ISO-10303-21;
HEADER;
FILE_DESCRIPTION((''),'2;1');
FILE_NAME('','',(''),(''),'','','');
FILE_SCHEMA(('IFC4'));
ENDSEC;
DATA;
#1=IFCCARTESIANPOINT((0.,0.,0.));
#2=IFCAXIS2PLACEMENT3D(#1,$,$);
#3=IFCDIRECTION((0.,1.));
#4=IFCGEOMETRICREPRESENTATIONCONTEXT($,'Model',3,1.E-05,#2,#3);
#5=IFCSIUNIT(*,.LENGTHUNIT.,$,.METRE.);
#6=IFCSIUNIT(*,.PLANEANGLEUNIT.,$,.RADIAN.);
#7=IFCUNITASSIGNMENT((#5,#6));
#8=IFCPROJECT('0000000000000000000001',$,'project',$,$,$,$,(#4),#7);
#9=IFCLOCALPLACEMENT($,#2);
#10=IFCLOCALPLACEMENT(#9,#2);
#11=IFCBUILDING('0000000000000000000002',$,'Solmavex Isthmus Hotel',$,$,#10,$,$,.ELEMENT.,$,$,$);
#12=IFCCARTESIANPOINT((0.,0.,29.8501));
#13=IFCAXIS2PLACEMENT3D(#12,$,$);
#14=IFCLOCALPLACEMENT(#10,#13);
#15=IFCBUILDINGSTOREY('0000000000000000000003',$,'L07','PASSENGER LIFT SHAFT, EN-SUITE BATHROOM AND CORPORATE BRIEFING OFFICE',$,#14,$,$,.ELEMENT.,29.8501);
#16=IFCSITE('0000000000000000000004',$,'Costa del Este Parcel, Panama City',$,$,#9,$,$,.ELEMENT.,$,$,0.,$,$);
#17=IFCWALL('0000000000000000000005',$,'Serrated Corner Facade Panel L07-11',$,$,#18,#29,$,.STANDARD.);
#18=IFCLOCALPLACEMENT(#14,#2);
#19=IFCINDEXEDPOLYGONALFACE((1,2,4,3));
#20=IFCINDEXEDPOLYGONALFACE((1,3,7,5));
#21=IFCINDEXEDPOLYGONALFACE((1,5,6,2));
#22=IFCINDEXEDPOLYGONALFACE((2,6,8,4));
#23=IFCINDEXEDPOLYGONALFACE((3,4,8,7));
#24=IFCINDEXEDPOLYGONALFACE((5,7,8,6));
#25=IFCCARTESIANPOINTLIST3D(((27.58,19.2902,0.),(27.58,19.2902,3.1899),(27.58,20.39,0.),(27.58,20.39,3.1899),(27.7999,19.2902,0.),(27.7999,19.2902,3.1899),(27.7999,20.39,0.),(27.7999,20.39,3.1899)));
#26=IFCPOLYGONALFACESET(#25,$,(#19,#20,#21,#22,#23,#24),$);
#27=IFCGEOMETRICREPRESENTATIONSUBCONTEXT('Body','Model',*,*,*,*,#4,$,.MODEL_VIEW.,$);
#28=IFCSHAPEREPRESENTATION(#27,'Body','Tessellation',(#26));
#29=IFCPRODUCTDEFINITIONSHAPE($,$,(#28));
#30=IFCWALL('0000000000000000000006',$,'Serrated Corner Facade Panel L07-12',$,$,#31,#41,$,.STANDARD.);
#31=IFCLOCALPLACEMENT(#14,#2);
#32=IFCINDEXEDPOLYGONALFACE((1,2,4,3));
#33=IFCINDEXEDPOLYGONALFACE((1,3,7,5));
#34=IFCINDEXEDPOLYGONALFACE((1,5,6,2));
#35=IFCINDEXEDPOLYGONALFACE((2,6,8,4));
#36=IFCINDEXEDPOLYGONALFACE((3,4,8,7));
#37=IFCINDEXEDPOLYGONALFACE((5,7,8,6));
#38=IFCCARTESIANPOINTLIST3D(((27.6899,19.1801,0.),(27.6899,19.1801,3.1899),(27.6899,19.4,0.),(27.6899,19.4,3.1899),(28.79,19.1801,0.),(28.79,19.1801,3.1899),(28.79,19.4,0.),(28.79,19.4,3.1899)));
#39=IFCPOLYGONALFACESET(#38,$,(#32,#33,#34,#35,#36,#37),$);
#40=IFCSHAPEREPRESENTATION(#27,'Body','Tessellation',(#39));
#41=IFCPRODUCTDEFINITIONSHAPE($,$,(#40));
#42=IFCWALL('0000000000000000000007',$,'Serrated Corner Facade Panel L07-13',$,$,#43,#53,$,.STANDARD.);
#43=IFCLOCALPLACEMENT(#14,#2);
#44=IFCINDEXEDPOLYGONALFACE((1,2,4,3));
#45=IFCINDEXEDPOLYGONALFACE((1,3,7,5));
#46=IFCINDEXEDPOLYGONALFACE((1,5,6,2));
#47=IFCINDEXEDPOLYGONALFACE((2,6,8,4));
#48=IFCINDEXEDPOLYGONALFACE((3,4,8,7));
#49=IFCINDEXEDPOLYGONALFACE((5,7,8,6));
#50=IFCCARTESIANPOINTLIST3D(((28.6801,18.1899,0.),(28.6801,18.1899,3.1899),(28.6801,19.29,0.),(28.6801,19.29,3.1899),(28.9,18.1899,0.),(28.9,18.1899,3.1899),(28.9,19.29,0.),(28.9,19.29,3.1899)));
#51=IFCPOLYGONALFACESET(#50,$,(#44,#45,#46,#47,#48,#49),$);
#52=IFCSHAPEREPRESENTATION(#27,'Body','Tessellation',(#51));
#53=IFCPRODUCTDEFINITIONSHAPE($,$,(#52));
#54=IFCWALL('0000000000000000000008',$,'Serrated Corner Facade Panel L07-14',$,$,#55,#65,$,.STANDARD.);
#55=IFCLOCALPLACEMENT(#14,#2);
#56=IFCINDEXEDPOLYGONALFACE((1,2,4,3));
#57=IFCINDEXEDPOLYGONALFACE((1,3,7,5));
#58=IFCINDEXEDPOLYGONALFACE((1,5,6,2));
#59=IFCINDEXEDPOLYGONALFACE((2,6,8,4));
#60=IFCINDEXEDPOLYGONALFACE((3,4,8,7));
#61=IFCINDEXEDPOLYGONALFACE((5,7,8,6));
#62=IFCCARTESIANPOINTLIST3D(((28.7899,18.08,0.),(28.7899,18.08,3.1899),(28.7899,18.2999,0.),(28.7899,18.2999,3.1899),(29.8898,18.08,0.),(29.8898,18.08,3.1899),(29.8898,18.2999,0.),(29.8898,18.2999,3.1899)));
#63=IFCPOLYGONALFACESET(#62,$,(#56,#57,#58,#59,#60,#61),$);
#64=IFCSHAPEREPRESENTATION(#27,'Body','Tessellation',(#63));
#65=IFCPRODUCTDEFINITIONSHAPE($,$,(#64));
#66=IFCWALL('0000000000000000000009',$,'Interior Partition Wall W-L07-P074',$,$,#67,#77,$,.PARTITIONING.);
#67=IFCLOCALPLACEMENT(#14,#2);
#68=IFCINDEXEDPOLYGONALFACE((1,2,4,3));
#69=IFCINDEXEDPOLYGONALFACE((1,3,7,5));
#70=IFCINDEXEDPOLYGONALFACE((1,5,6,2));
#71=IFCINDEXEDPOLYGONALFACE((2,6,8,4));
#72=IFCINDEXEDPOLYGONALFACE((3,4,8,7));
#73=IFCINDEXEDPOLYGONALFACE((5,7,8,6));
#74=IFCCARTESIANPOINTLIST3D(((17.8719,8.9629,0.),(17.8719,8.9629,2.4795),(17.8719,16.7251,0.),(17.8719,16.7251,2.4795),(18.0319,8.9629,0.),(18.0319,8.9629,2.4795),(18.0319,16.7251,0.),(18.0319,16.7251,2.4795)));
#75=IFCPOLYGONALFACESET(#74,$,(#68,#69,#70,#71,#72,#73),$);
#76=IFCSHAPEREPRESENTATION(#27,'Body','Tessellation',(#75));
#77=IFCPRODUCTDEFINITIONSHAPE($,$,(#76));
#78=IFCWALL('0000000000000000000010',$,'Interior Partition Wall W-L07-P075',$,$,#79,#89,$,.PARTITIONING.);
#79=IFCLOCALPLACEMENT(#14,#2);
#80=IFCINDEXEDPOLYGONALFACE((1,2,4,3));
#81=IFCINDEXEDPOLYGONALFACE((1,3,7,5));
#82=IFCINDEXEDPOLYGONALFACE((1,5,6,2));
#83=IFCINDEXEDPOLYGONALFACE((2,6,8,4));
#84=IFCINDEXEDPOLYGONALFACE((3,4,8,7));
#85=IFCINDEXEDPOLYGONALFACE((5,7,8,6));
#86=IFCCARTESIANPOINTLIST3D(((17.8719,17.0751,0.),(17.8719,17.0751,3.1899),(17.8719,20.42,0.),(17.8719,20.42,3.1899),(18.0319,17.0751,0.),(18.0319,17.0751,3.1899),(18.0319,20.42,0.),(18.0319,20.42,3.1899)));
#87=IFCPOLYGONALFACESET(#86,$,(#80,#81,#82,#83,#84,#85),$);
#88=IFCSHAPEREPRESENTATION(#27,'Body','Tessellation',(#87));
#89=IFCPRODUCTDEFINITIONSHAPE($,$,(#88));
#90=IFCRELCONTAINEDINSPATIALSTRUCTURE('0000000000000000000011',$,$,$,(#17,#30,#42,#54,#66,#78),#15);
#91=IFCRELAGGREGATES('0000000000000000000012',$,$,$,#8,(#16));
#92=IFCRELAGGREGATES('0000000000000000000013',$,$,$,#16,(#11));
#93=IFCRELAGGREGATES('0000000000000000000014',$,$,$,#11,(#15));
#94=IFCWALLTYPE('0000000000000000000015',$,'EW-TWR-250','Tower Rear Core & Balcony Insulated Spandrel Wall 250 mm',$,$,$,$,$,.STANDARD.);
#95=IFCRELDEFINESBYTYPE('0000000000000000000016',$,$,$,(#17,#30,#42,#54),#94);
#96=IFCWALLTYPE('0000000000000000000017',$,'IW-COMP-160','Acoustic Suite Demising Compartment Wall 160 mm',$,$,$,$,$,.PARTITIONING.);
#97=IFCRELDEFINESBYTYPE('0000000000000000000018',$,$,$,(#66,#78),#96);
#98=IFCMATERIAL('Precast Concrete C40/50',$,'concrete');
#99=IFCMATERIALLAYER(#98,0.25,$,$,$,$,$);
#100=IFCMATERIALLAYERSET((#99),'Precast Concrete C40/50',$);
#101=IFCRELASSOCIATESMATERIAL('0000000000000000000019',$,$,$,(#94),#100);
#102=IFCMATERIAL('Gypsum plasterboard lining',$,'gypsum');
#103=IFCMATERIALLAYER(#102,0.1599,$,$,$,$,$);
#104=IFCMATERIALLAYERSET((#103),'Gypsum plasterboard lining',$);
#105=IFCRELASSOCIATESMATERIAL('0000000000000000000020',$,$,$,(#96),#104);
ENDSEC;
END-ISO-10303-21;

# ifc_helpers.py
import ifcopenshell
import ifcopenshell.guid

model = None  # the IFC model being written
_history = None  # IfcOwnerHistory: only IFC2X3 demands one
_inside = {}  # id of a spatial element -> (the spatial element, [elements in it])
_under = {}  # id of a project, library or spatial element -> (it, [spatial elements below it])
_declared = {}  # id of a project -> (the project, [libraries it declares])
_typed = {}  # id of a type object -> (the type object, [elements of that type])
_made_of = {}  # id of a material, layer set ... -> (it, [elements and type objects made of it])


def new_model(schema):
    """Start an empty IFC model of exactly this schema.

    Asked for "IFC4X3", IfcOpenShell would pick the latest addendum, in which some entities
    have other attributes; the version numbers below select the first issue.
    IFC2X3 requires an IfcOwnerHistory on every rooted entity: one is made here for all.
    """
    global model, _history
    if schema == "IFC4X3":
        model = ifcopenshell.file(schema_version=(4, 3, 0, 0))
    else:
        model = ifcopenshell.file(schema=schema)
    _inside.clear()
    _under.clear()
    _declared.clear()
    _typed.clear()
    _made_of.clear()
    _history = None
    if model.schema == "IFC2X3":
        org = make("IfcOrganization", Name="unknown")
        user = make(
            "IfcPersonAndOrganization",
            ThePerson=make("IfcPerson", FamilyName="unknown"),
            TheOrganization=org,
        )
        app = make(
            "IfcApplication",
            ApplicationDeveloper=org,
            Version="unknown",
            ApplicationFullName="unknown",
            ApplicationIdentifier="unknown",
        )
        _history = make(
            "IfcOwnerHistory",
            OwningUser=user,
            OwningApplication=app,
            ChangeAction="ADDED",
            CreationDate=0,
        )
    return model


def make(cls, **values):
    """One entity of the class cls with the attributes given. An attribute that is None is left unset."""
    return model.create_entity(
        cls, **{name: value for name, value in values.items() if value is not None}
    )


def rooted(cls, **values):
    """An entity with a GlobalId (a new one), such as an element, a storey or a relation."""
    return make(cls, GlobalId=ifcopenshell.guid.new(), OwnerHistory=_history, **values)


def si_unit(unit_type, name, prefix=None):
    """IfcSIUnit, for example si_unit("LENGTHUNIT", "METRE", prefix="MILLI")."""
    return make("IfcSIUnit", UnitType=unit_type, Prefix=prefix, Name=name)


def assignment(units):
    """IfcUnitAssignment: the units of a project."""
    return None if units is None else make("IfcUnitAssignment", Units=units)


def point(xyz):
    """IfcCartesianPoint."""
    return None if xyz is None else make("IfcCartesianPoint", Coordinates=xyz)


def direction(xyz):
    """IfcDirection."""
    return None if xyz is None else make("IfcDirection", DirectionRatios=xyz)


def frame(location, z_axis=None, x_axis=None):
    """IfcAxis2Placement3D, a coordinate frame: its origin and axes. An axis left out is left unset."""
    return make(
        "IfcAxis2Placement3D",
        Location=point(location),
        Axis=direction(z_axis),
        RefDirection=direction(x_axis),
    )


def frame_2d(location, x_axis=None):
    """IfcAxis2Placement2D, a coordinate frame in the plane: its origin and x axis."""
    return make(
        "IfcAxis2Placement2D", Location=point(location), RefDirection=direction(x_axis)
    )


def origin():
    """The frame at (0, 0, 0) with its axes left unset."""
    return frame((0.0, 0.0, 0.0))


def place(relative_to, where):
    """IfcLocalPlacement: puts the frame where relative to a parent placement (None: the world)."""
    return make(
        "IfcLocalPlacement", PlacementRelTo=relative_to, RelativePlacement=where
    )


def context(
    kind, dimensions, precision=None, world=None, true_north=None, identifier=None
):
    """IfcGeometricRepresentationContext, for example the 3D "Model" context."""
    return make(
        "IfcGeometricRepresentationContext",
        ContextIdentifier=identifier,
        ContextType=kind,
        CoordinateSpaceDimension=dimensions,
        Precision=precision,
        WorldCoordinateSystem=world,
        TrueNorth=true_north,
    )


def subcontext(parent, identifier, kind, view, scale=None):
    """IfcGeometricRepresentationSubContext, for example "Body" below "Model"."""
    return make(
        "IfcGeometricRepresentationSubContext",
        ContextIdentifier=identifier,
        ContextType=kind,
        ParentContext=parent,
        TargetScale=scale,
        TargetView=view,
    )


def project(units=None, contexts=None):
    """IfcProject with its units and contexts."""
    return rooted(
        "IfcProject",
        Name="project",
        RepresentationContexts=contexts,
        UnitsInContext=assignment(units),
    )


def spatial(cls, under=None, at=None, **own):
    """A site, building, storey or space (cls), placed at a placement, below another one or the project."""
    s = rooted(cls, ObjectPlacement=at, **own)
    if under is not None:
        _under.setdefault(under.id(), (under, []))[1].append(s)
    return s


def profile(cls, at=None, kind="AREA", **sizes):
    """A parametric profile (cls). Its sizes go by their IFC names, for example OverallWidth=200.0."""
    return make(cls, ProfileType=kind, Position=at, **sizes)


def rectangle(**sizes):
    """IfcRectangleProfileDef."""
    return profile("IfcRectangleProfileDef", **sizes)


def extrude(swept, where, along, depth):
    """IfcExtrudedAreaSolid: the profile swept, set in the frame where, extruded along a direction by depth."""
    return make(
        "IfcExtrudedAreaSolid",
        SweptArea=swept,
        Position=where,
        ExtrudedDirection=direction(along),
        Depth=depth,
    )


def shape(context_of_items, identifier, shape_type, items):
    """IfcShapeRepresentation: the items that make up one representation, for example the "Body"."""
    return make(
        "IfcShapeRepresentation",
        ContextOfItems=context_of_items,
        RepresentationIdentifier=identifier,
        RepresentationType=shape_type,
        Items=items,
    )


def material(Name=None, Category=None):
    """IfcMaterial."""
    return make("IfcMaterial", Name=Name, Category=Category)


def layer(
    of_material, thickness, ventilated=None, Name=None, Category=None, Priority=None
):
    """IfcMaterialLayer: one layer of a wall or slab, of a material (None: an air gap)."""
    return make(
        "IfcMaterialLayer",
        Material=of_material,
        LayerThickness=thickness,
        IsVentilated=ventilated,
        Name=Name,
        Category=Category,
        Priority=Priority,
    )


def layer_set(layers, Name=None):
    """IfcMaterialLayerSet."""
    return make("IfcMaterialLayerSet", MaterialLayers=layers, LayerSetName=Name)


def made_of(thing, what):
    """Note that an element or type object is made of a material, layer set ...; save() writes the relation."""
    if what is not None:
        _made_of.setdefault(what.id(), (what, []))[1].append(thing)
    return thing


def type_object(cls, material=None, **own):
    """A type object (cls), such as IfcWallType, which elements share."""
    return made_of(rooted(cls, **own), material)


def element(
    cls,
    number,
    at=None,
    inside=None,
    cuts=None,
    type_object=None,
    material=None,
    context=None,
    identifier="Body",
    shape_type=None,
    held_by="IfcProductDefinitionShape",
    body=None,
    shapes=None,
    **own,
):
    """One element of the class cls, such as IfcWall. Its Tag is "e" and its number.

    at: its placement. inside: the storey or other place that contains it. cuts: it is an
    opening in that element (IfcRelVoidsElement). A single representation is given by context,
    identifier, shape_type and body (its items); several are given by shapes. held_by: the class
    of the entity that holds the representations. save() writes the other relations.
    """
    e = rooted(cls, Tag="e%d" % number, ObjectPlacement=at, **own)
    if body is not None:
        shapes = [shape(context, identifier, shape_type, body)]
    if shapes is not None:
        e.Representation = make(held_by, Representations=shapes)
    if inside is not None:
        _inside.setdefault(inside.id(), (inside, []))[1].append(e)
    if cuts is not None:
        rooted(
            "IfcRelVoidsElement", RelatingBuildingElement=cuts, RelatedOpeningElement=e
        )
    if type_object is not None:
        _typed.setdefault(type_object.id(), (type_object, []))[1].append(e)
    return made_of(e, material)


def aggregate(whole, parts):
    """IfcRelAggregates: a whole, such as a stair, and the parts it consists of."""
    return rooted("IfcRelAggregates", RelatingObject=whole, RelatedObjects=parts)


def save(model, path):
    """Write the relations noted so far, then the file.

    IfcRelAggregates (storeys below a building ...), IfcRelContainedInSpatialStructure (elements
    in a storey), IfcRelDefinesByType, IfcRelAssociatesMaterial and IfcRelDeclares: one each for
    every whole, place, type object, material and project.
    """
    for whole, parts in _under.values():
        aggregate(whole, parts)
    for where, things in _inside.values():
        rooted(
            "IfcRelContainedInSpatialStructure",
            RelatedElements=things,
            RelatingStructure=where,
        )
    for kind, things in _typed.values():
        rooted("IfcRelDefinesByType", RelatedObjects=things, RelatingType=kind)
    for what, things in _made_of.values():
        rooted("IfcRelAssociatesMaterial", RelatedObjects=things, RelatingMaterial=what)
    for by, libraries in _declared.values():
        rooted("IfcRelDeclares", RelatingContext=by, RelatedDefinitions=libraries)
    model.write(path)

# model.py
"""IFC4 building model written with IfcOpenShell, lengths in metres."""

from ifc_helpers import new_model, si_unit, direction, frame, frame_2d, origin, place, context, subcontext, project, spatial, rectangle, extrude, material, layer, layer_set, type_object, element, save


model = new_model("IFC4")

# Units and contexts
model_context = context("Model", 3, precision=1e-05, world=origin(), true_north=direction((0.0, 1.0)))
body_context = subcontext(model_context, "Body", "Model", "MODEL_VIEW")
ifc_project = project(units=[si_unit("LENGTHUNIT", "METRE"), si_unit("PLANEANGLEUNIT", "RADIAN")], contexts=[model_context])

# Site, building, storey
site_placement = place(None, origin())
site = spatial("IfcSite", under=ifc_project, at=site_placement, Name="Costa del Este Parcel, Panama City", CompositionType="ELEMENT", RefElevation=0.0)
building_placement = place(site_placement, origin())
building = spatial("IfcBuilding", under=site, at=building_placement, Name="Solmavex Isthmus Hotel", CompositionType="ELEMENT")
storey_placement = place(building_placement, frame((0.0, 0.0, 29.8501)))
storey = spatial("IfcBuildingStorey", under=building, at=storey_placement, Name="L07", Description="PASSENGER LIFT SHAFT, EN-SUITE BATHROOM AND CORPORATE BRIEFING OFFICE", CompositionType="ELEMENT", Elevation=29.8501)

# Walls
ifc_material_1 = material(Name="Precast Concrete C40/50", Category="concrete")
ifc_layer_1 = layer(ifc_material_1, 0.25)
ifc_layer_set_1 = layer_set([ifc_layer_1], Name="Precast Concrete C40/50")
wall_type_1 = type_object("IfcWallType", Name="EW-TWR-250", Description="Tower Rear Core & Balcony Insulated Spandrel Wall 250 mm", PredefinedType="STANDARD", material=ifc_layer_set_1)
wall_1_placement = place(storey_placement, frame((27.6899, 20.3899, 0.0), z_axis=(0.0, 0.0, 1.0), x_axis=(0.0, -1.0, 0.0)))
element("IfcWall", 1, at=wall_1_placement, inside=storey, type_object=wall_type_1, Name="Serrated Corner Facade Panel L07-11", PredefinedType="STANDARD", context=body_context, shape_type="SweptSolid", body=[
    extrude(rectangle(XDim=1.0999, YDim=0.22, at=frame_2d((0.5498, 0.0))), origin(), (0.0, 0.0, 1.0), 3.1899),
])
for number, where, z_axis, x_axis, name in (
    (2, (27.6899, 19.29, 0.0), (0.0, 0.0, 1.0), (1.0, 0.0, 0.0), "Serrated Corner Facade Panel L07-12"),
    (3, (28.79, 19.29, 0.0), (0.0, 0.0, 1.0), (0.0, -1.0, 0.0), "Serrated Corner Facade Panel L07-13"),
):
    element("IfcWall", number, at=place(storey_placement, frame(where, z_axis=z_axis, x_axis=x_axis)), inside=storey, type_object=wall_type_1, Name=name, PredefinedType="STANDARD", context=body_context, shape_type="SweptSolid", body=[
        extrude(rectangle(XDim=1.1001, YDim=0.22, at=frame_2d((0.55, 0.0))), origin(), (0.0, 0.0, 1.0), 3.1899),
    ])
wall_2_placement = place(storey_placement, frame((28.79, 18.1899, 0.0), z_axis=(0.0, 0.0, 1.0), x_axis=(1.0, 0.0, 0.0)))
element("IfcWall", 4, at=wall_2_placement, inside=storey, type_object=wall_type_1, Name="Serrated Corner Facade Panel L07-14", PredefinedType="STANDARD", context=body_context, shape_type="SweptSolid", body=[
    extrude(rectangle(XDim=1.0999, YDim=0.22, at=frame_2d((0.5498, 0.0))), origin(), (0.0, 0.0, 1.0), 3.1899),
])
ifc_material_2 = material(Name="Gypsum plasterboard lining", Category="gypsum")
ifc_layer_2 = layer(ifc_material_2, 0.1599)
ifc_layer_set_2 = layer_set([ifc_layer_2], Name="Gypsum plasterboard lining")
wall_type_2 = type_object("IfcWallType", Name="IW-COMP-160", Description="Acoustic Suite Demising Compartment Wall 160 mm", PredefinedType="PARTITIONING", material=ifc_layer_set_2)
wall_3_placement = place(storey_placement, frame((17.9519, 16.7251, 0.0), z_axis=(0.0, 0.0, 1.0), x_axis=(0.0, -1.0, 0.0)))
element("IfcWall", 5, at=wall_3_placement, inside=storey, type_object=wall_type_2, Name="Interior Partition Wall W-L07-P074", PredefinedType="PARTITIONING", context=body_context, shape_type="SweptSolid", body=[
    extrude(rectangle(XDim=7.7622, YDim=0.1599, at=frame_2d((3.8811, 0.0))), origin(), (0.0, 0.0, 1.0), 2.4795),
])
wall_4_placement = place(storey_placement, frame((17.9519, 20.4199, 0.0), z_axis=(0.0, 0.0, 1.0), x_axis=(0.0, -1.0, 0.0)))
element("IfcWall", 6, at=wall_4_placement, inside=storey, type_object=wall_type_2, Name="Interior Partition Wall W-L07-P075", PredefinedType="PARTITIONING", context=body_context, shape_type="SweptSolid", body=[
    extrude(rectangle(XDim=3.345, YDim=0.1599, at=frame_2d((1.6724, 0.0))), origin(), (0.0, 0.0, 1.0), 3.1899),
])

save(model, "model.ifc")
